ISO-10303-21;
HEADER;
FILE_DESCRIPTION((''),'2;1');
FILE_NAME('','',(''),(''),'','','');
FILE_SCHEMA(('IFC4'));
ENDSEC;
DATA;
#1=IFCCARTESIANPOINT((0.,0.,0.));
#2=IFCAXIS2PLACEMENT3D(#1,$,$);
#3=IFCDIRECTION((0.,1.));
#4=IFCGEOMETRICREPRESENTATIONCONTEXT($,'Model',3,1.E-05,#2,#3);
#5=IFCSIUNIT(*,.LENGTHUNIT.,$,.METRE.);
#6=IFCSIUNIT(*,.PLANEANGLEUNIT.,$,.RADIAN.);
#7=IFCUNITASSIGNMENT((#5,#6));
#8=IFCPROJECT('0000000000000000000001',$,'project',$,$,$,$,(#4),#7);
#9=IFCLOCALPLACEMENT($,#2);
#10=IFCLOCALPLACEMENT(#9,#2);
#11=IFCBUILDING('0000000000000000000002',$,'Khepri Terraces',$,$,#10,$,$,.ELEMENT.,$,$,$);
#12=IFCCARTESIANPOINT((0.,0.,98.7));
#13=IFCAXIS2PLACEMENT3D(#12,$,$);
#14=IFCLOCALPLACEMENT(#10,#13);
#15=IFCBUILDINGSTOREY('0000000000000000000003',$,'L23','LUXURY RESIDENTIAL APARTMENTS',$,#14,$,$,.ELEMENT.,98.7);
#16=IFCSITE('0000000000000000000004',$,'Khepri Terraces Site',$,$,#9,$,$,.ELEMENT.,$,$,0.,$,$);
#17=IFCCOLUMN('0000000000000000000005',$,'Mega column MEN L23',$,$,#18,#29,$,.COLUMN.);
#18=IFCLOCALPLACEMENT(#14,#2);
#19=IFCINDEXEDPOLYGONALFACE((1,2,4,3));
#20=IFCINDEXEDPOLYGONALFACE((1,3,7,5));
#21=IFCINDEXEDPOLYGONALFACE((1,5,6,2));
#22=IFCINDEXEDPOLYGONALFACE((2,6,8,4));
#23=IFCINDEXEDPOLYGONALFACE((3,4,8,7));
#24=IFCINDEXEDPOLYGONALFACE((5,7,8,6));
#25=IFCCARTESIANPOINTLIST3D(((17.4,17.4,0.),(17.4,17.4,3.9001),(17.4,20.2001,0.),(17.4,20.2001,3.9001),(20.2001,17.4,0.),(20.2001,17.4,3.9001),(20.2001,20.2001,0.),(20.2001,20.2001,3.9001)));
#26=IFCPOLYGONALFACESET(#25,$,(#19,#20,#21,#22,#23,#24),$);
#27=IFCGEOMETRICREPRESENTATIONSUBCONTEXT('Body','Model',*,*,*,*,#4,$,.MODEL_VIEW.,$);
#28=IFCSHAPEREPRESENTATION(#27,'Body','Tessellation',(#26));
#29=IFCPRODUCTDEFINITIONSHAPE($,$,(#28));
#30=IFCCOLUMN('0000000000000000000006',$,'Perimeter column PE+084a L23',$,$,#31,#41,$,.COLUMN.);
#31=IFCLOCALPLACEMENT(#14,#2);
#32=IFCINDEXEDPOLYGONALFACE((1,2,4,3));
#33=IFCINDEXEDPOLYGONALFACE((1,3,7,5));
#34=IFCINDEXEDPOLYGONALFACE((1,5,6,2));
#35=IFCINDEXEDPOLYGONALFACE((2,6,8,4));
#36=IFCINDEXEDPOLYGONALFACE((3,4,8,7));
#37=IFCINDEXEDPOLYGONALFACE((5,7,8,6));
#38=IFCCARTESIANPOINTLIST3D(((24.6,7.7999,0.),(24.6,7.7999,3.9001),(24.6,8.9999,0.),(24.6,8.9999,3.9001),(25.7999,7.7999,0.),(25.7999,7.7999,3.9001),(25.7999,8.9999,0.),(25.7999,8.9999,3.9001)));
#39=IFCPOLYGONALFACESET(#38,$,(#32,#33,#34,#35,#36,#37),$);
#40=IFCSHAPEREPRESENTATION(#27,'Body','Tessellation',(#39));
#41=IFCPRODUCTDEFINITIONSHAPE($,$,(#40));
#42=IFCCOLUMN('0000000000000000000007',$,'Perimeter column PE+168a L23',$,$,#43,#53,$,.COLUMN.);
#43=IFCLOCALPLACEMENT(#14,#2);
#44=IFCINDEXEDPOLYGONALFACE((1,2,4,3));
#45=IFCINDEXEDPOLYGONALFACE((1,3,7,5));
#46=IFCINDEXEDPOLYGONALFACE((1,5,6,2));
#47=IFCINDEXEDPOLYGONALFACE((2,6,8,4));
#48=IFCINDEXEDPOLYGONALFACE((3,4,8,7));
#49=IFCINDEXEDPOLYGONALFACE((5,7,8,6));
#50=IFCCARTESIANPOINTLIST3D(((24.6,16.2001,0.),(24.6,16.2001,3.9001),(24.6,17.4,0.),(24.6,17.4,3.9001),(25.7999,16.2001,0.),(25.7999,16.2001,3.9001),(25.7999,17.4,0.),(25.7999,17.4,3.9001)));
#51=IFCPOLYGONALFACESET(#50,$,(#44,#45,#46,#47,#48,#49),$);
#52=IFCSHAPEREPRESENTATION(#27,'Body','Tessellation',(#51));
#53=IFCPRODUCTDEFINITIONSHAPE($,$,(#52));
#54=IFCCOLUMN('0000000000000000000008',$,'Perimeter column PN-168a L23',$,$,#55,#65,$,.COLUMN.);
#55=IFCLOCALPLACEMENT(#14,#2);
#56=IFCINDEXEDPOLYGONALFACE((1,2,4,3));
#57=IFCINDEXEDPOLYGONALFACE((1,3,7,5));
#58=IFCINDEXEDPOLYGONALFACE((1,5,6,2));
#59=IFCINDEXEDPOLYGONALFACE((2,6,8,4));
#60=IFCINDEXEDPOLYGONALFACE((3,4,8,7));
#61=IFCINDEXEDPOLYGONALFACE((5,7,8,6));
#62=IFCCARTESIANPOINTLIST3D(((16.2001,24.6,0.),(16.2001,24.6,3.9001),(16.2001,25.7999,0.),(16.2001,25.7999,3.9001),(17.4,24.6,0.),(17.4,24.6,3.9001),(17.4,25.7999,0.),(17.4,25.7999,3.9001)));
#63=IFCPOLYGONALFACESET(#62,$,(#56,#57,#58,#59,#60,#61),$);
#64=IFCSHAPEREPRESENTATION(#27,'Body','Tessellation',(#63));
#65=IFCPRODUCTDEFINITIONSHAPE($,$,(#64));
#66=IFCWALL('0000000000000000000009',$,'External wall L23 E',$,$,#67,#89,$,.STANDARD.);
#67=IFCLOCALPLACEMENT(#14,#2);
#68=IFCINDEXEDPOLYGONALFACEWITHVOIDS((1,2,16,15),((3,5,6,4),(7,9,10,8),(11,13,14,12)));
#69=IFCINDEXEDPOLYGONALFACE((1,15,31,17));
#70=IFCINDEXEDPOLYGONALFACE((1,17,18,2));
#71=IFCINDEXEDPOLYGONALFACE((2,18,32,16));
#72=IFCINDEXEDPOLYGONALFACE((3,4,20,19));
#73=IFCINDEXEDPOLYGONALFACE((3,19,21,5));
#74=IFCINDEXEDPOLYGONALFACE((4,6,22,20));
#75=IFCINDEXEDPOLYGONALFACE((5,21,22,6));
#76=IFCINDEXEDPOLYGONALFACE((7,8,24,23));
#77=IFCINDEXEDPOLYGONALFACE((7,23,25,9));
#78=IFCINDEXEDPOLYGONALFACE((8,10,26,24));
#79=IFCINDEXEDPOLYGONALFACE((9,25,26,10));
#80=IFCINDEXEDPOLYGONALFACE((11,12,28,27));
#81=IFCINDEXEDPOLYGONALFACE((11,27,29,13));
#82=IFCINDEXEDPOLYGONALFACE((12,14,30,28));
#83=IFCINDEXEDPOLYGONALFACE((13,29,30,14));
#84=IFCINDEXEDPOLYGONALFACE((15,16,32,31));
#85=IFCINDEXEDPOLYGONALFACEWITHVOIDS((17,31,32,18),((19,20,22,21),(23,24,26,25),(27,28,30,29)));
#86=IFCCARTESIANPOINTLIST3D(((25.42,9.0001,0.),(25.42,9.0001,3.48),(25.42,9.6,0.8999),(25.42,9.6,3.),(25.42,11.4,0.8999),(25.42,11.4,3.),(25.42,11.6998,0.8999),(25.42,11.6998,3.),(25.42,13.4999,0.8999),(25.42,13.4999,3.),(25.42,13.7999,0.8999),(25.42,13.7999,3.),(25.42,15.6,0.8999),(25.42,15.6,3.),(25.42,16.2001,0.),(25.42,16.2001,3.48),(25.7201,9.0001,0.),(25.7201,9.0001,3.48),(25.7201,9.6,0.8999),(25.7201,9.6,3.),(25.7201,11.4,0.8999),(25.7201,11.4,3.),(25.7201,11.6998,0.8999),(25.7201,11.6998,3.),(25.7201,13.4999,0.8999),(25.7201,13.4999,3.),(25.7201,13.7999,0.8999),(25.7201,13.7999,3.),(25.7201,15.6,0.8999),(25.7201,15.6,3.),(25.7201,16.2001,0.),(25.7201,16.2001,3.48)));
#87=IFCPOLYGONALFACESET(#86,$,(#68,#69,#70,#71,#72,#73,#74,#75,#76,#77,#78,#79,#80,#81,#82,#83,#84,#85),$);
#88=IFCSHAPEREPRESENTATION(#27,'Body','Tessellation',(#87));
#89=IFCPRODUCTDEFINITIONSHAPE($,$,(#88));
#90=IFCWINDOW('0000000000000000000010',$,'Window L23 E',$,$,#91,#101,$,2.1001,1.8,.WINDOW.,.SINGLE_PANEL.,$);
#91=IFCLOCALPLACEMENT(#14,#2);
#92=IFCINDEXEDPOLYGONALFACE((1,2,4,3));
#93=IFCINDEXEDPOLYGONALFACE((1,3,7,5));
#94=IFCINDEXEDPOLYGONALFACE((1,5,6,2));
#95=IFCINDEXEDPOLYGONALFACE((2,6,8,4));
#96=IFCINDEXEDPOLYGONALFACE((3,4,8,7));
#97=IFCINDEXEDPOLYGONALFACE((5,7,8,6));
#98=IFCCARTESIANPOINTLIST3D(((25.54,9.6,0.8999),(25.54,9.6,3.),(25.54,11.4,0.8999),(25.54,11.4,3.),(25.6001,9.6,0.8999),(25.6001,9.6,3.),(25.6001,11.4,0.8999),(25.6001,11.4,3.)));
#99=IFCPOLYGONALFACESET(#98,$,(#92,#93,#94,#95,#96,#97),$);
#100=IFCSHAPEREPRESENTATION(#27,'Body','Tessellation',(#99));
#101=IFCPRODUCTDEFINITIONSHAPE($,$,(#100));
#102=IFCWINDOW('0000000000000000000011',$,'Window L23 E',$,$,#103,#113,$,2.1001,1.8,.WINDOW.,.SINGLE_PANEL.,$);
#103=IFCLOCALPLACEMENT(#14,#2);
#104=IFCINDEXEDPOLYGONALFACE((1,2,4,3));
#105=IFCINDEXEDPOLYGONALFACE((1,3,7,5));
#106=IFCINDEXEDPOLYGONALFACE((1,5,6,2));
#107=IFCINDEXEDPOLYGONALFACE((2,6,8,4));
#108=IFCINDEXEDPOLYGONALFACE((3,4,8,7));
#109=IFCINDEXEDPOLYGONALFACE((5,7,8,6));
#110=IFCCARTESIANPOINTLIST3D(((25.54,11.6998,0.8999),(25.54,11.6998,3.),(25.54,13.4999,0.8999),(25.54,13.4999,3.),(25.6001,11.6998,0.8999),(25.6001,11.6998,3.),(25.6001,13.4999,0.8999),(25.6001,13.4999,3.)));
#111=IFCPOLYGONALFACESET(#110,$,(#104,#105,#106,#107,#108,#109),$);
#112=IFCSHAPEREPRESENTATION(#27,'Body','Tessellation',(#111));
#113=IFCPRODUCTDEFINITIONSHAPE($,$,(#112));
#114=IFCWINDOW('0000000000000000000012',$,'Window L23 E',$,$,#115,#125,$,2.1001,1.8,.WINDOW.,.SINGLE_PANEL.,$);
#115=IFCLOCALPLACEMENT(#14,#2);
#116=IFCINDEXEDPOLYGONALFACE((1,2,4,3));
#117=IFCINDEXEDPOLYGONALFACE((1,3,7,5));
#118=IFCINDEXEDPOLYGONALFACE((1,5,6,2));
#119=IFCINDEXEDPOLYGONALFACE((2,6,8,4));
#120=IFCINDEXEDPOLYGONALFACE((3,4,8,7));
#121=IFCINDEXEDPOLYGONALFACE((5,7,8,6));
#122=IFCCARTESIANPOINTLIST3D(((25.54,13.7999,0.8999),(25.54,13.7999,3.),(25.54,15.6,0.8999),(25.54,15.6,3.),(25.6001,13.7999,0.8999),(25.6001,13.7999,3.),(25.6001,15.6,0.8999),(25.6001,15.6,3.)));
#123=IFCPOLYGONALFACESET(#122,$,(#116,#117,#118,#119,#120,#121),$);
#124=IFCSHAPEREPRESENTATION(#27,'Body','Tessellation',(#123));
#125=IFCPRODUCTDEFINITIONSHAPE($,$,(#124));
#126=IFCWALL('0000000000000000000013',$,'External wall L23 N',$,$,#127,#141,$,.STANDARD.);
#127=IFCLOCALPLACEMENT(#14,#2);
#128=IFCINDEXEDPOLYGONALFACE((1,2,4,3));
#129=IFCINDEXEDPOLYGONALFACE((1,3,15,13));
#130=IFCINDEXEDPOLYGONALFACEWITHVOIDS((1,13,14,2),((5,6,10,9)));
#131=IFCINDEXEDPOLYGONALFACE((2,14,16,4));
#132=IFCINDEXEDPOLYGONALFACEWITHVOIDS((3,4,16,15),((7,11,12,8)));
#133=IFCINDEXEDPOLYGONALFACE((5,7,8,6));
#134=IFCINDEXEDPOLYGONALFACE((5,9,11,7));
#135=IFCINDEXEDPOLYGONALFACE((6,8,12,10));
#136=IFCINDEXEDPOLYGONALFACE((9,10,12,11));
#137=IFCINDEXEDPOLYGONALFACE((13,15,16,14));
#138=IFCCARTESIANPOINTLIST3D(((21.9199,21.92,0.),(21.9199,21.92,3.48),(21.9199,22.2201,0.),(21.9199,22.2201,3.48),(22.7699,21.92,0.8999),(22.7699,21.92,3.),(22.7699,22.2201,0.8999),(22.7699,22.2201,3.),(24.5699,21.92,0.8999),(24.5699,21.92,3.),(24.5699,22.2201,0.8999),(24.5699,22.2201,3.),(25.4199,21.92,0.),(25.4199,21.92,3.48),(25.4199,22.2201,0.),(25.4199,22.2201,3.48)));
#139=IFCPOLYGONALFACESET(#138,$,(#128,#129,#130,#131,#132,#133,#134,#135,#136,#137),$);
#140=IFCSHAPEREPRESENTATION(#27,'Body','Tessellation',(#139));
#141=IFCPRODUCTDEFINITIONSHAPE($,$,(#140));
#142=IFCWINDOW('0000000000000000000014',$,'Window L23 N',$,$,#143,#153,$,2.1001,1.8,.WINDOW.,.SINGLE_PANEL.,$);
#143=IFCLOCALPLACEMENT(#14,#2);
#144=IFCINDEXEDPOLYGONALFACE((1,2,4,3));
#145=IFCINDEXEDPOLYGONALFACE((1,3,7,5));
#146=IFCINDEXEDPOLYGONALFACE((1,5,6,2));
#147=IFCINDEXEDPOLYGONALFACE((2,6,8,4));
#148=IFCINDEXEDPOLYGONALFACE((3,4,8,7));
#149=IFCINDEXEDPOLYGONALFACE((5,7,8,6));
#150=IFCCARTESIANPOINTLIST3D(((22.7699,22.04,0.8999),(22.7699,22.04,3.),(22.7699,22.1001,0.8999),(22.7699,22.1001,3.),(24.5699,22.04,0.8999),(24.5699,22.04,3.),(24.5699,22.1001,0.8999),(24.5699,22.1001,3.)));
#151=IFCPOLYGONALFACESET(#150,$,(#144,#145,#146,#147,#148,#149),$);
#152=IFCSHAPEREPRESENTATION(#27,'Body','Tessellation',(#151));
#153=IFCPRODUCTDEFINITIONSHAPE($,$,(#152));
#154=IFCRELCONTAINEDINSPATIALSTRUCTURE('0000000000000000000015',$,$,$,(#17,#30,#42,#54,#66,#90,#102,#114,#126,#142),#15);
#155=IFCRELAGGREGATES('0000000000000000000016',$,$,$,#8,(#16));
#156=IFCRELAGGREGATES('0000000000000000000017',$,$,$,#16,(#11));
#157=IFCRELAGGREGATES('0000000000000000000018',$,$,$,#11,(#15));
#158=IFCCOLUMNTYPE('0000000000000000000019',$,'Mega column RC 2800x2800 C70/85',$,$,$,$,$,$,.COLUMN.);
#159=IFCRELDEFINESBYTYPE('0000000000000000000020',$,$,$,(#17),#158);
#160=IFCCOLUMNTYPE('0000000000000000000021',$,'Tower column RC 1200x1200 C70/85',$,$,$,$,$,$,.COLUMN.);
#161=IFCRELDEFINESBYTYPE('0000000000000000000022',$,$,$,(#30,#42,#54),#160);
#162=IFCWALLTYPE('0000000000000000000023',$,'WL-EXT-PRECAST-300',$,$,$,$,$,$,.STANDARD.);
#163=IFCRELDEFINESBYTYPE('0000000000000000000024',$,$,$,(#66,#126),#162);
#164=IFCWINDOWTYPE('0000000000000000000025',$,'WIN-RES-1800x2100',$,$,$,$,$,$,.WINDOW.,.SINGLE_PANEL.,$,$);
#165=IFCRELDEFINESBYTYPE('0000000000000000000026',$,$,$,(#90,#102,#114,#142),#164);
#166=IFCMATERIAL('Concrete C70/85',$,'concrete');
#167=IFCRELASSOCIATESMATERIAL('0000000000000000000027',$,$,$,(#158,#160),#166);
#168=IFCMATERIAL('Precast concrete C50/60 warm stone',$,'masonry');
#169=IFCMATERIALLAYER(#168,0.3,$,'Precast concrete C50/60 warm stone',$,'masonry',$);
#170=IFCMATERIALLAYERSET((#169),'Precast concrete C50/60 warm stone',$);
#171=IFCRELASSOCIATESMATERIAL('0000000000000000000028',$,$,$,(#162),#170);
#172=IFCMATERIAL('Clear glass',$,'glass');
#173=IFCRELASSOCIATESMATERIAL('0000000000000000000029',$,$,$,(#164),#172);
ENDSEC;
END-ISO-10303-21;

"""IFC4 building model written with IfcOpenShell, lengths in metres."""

from ifc_helpers import new_model, si_unit, direction, frame, frame_2d, origin, origin_2d, place, context, subcontext, project, spatial, rectangle, extrude, material, layer, layer_set, material_profile, profile_set, type_object, element, fill, save


model = new_model("IFC4")

# Units and contexts
model_context = context("Model", 3, precision=1e-05, world=origin(), true_north=direction((0.0, 1.0)))
body_context = subcontext(model_context, "Body", "Model", "MODEL_VIEW")
ifc_project = project(units=[si_unit("LENGTHUNIT", "METRE"), si_unit("PLANEANGLEUNIT", "RADIAN")], contexts=[model_context])

# Site, building, storey
site_placement = place(None, origin())
site = spatial("IfcSite", under=ifc_project, at=site_placement, Name="Khepri Terraces Site", CompositionType="ELEMENT", RefElevation=0.0)
building_placement = place(site_placement, origin())
building = spatial("IfcBuilding", under=site, at=building_placement, Name="Khepri Terraces", CompositionType="ELEMENT")
storey_placement = place(building_placement, frame((0.0, 0.0, 98.7)))
storey = spatial("IfcBuildingStorey", under=building, at=storey_placement, Name="L23", Description="LUXURY RESIDENTIAL APARTMENTS", CompositionType="ELEMENT", Elevation=98.7)

# Columns
ifc_material_1 = material(Name="Concrete C70/85", Category="concrete")
ifc_material_profile_1 = material_profile(ifc_material_1, rectangle(XDim=2.8, YDim=2.8, at=origin_2d()), Name="Concrete C70/85", Category="concrete")
ifc_profile_set_1 = profile_set([ifc_material_profile_1], Name="Concrete C70/85")
column_type_1 = type_object("IfcColumnType", Name="Mega column RC 2800x2800 C70/85", PredefinedType="COLUMN", material=ifc_profile_set_1)
column_placement = place(storey_placement, frame((18.8, 18.8, 0.0), z_axis=(0.0, 0.0, 1.0), x_axis=(1.0, 0.0, 0.0)))
element("IfcColumn", 1, at=column_placement, inside=storey, type_object=column_type_1, Name="Mega column MEN L23", PredefinedType="COLUMN", context=body_context, shape_type="SweptSolid", body=[
    extrude(rectangle(XDim=2.8, YDim=2.8, at=origin_2d()), origin(), (0.0, 0.0, 1.0), 3.9001),
])
ifc_material_profile_2 = material_profile(ifc_material_1, rectangle(XDim=1.2, YDim=1.2, at=origin_2d()), Name="Concrete C70/85", Category="concrete")
ifc_profile_set_2 = profile_set([ifc_material_profile_2], Name="Concrete C70/85")
column_type_2 = type_object("IfcColumnType", Name="Tower column RC 1200x1200 C70/85", PredefinedType="COLUMN", material=ifc_profile_set_2)
for number, where, z_axis, x_axis, name in (
    (2, (25.2, 8.3999, 0.0), (0.0, 0.0, 1.0), (1.0, 0.0, 0.0), "Perimeter column PE+084a L23"),
    (3, (25.2, 16.8, 0.0), (0.0, 0.0, 1.0), (1.0, 0.0, 0.0), "Perimeter column PE+168a L23"),
    (4, (16.8, 25.2, 0.0), (0.0, 0.0, 1.0), (1.0, 0.0, 0.0), "Perimeter column PN-168a L23"),
):
    element("IfcColumn", number, at=place(storey_placement, frame(where, z_axis=z_axis, x_axis=x_axis)), inside=storey, type_object=column_type_2, Name=name, PredefinedType="COLUMN", context=body_context, shape_type="SweptSolid", body=[
        extrude(rectangle(XDim=1.2, YDim=1.2, at=origin_2d()), origin(), (0.0, 0.0, 1.0), 3.9001),
    ])

# Wall, openings, windows
ifc_material_2 = material(Name="Precast concrete C50/60 warm stone", Category="masonry")
ifc_layer_1 = layer(ifc_material_2, 0.3, Name="Precast concrete C50/60 warm stone", Category="masonry")
ifc_layer_set_1 = layer_set([ifc_layer_1], Name="Precast concrete C50/60 warm stone")
wall_type_1 = type_object("IfcWallType", Name="WL-EXT-PRECAST-300", PredefinedType="STANDARD", material=ifc_layer_set_1)
wall_1_placement = place(storey_placement, frame((25.5701, 9.0, 0.0), z_axis=(0.0, 0.0, 1.0), x_axis=(0.0, 1.0, 0.0)))
wall_1 = element("IfcWall", 5, at=wall_1_placement, inside=storey, type_object=wall_type_1, Name="External wall L23 E", PredefinedType="STANDARD", context=body_context, shape_type="SweptSolid", body=[
    extrude(rectangle(XDim=7.2, YDim=0.3, at=frame_2d((3.6001, 0.0))), origin(), (0.0, 0.0, 1.0), 3.48),
])
opening_1_placement = place(wall_1_placement, frame((0.6001, 0.0, 0.8999)))
opening_1 = element("IfcOpeningElement", 6, at=opening_1_placement, cuts=wall_1, PredefinedType="OPENING", context=body_context, shape_type="SweptSolid", body=[
    extrude(rectangle(XDim=1.8, YDim=2.1001, at=frame_2d((0.8999, 1.05))), frame((0.0, 0.1602, 0.0), z_axis=(0.0, -1.0, 0.0), x_axis=(1.0, 0.0, 0.0)), (0.0, 0.0, 1.0), 0.3201),
])
opening_2_placement = place(wall_1_placement, frame((2.7, 0.0, 0.8999)))
opening_2 = element("IfcOpeningElement", 7, at=opening_2_placement, cuts=wall_1, PredefinedType="OPENING", context=body_context, shape_type="SweptSolid", body=[
    extrude(rectangle(XDim=1.8, YDim=2.1001, at=frame_2d((0.8999, 1.05))), frame((0.0, 0.1602, 0.0), z_axis=(0.0, -1.0, 0.0), x_axis=(1.0, 0.0, 0.0)), (0.0, 0.0, 1.0), 0.3201),
])
opening_3_placement = place(wall_1_placement, frame((4.8, 0.0, 0.8999)))
opening_3 = element("IfcOpeningElement", 8, at=opening_3_placement, cuts=wall_1, PredefinedType="OPENING", context=body_context, shape_type="SweptSolid", body=[
    extrude(rectangle(XDim=1.8, YDim=2.1001, at=frame_2d((0.8999, 1.05))), frame((0.0, 0.1602, 0.0), z_axis=(0.0, -1.0, 0.0), x_axis=(1.0, 0.0, 0.0)), (0.0, 0.0, 1.0), 0.3201),
])
ifc_material_3 = material(Name="Clear glass", Category="glass")
window_type = type_object("IfcWindowType", Name="WIN-RES-1800x2100", PartitioningType="SINGLE_PANEL", PredefinedType="WINDOW", material=ifc_material_3)
window_1_placement = place(opening_1_placement, origin())
window_1 = element("IfcWindow", 9, at=window_1_placement, inside=storey, type_object=window_type, Name="Window L23 E", OverallHeight=2.1001, OverallWidth=1.8, PartitioningType="SINGLE_PANEL", PredefinedType="WINDOW", context=body_context, shape_type="SweptSolid", body=[
    extrude(rectangle(XDim=1.8, YDim=2.1001, at=frame_2d((0.8999, 1.05))), frame((0.0, 0.03, 0.0), z_axis=(0.0, -1.0, 0.0), x_axis=(1.0, 0.0, 0.0)), (0.0, 0.0, 1.0), 0.0601),
])
fill(opening_1, window_1)
window_2_placement = place(opening_2_placement, origin())
window_2 = element("IfcWindow", 10, at=window_2_placement, inside=storey, type_object=window_type, Name="Window L23 E", OverallHeight=2.1001, OverallWidth=1.8, PartitioningType="SINGLE_PANEL", PredefinedType="WINDOW", context=body_context, shape_type="SweptSolid", body=[
    extrude(rectangle(XDim=1.8, YDim=2.1001, at=frame_2d((0.8999, 1.05))), frame((0.0, 0.03, 0.0), z_axis=(0.0, -1.0, 0.0), x_axis=(1.0, 0.0, 0.0)), (0.0, 0.0, 1.0), 0.0601),
])
fill(opening_2, window_2)
window_3_placement = place(opening_3_placement, origin())
window_3 = element("IfcWindow", 11, at=window_3_placement, inside=storey, type_object=window_type, Name="Window L23 E", OverallHeight=2.1001, OverallWidth=1.8, PartitioningType="SINGLE_PANEL", PredefinedType="WINDOW", context=body_context, shape_type="SweptSolid", body=[
    extrude(rectangle(XDim=1.8, YDim=2.1001, at=frame_2d((0.8999, 1.05))), frame((0.0, 0.03, 0.0), z_axis=(0.0, -1.0, 0.0), x_axis=(1.0, 0.0, 0.0)), (0.0, 0.0, 1.0), 0.0601),
])
fill(opening_3, window_3)

# Wall, opening, window
wall_2_placement = place(storey_placement, frame((25.4199, 22.0701, 0.0), z_axis=(0.0, 0.0, 1.0), x_axis=(-1.0, 0.0, 0.0)))
wall_2 = element("IfcWall", 12, at=wall_2_placement, inside=storey, type_object=wall_type_1, Name="External wall L23 N", PredefinedType="STANDARD", context=body_context, shape_type="SweptSolid", body=[
    extrude(rectangle(XDim=3.5, YDim=0.3, at=frame_2d((1.75, 0.0))), origin(), (0.0, 0.0, 1.0), 3.48),
])
opening_4_placement = place(wall_2_placement, frame((0.8501, 0.0, 0.8999)))
opening_4 = element("IfcOpeningElement", 13, at=opening_4_placement, cuts=wall_2, PredefinedType="OPENING", context=body_context, shape_type="SweptSolid", body=[
    extrude(rectangle(XDim=1.8, YDim=2.1001, at=frame_2d((0.8999, 1.05))), frame((0.0, 0.1602, 0.0), z_axis=(0.0, -1.0, 0.0), x_axis=(1.0, 0.0, 0.0)), (0.0, 0.0, 1.0), 0.3201),
])
window_4_placement = place(opening_4_placement, origin())
window_4 = element("IfcWindow", 14, at=window_4_placement, inside=storey, type_object=window_type, Name="Window L23 N", OverallHeight=2.1001, OverallWidth=1.8, PartitioningType="SINGLE_PANEL", PredefinedType="WINDOW", context=body_context, shape_type="SweptSolid", body=[
    extrude(rectangle(XDim=1.8, YDim=2.1001, at=frame_2d((0.8999, 1.05))), frame((0.0, 0.03, 0.0), z_axis=(0.0, -1.0, 0.0), x_axis=(1.0, 0.0, 0.0)), (0.0, 0.0, 1.0), 0.0601),
])
fill(opening_4, window_4)

save(model, "model.ifc")
